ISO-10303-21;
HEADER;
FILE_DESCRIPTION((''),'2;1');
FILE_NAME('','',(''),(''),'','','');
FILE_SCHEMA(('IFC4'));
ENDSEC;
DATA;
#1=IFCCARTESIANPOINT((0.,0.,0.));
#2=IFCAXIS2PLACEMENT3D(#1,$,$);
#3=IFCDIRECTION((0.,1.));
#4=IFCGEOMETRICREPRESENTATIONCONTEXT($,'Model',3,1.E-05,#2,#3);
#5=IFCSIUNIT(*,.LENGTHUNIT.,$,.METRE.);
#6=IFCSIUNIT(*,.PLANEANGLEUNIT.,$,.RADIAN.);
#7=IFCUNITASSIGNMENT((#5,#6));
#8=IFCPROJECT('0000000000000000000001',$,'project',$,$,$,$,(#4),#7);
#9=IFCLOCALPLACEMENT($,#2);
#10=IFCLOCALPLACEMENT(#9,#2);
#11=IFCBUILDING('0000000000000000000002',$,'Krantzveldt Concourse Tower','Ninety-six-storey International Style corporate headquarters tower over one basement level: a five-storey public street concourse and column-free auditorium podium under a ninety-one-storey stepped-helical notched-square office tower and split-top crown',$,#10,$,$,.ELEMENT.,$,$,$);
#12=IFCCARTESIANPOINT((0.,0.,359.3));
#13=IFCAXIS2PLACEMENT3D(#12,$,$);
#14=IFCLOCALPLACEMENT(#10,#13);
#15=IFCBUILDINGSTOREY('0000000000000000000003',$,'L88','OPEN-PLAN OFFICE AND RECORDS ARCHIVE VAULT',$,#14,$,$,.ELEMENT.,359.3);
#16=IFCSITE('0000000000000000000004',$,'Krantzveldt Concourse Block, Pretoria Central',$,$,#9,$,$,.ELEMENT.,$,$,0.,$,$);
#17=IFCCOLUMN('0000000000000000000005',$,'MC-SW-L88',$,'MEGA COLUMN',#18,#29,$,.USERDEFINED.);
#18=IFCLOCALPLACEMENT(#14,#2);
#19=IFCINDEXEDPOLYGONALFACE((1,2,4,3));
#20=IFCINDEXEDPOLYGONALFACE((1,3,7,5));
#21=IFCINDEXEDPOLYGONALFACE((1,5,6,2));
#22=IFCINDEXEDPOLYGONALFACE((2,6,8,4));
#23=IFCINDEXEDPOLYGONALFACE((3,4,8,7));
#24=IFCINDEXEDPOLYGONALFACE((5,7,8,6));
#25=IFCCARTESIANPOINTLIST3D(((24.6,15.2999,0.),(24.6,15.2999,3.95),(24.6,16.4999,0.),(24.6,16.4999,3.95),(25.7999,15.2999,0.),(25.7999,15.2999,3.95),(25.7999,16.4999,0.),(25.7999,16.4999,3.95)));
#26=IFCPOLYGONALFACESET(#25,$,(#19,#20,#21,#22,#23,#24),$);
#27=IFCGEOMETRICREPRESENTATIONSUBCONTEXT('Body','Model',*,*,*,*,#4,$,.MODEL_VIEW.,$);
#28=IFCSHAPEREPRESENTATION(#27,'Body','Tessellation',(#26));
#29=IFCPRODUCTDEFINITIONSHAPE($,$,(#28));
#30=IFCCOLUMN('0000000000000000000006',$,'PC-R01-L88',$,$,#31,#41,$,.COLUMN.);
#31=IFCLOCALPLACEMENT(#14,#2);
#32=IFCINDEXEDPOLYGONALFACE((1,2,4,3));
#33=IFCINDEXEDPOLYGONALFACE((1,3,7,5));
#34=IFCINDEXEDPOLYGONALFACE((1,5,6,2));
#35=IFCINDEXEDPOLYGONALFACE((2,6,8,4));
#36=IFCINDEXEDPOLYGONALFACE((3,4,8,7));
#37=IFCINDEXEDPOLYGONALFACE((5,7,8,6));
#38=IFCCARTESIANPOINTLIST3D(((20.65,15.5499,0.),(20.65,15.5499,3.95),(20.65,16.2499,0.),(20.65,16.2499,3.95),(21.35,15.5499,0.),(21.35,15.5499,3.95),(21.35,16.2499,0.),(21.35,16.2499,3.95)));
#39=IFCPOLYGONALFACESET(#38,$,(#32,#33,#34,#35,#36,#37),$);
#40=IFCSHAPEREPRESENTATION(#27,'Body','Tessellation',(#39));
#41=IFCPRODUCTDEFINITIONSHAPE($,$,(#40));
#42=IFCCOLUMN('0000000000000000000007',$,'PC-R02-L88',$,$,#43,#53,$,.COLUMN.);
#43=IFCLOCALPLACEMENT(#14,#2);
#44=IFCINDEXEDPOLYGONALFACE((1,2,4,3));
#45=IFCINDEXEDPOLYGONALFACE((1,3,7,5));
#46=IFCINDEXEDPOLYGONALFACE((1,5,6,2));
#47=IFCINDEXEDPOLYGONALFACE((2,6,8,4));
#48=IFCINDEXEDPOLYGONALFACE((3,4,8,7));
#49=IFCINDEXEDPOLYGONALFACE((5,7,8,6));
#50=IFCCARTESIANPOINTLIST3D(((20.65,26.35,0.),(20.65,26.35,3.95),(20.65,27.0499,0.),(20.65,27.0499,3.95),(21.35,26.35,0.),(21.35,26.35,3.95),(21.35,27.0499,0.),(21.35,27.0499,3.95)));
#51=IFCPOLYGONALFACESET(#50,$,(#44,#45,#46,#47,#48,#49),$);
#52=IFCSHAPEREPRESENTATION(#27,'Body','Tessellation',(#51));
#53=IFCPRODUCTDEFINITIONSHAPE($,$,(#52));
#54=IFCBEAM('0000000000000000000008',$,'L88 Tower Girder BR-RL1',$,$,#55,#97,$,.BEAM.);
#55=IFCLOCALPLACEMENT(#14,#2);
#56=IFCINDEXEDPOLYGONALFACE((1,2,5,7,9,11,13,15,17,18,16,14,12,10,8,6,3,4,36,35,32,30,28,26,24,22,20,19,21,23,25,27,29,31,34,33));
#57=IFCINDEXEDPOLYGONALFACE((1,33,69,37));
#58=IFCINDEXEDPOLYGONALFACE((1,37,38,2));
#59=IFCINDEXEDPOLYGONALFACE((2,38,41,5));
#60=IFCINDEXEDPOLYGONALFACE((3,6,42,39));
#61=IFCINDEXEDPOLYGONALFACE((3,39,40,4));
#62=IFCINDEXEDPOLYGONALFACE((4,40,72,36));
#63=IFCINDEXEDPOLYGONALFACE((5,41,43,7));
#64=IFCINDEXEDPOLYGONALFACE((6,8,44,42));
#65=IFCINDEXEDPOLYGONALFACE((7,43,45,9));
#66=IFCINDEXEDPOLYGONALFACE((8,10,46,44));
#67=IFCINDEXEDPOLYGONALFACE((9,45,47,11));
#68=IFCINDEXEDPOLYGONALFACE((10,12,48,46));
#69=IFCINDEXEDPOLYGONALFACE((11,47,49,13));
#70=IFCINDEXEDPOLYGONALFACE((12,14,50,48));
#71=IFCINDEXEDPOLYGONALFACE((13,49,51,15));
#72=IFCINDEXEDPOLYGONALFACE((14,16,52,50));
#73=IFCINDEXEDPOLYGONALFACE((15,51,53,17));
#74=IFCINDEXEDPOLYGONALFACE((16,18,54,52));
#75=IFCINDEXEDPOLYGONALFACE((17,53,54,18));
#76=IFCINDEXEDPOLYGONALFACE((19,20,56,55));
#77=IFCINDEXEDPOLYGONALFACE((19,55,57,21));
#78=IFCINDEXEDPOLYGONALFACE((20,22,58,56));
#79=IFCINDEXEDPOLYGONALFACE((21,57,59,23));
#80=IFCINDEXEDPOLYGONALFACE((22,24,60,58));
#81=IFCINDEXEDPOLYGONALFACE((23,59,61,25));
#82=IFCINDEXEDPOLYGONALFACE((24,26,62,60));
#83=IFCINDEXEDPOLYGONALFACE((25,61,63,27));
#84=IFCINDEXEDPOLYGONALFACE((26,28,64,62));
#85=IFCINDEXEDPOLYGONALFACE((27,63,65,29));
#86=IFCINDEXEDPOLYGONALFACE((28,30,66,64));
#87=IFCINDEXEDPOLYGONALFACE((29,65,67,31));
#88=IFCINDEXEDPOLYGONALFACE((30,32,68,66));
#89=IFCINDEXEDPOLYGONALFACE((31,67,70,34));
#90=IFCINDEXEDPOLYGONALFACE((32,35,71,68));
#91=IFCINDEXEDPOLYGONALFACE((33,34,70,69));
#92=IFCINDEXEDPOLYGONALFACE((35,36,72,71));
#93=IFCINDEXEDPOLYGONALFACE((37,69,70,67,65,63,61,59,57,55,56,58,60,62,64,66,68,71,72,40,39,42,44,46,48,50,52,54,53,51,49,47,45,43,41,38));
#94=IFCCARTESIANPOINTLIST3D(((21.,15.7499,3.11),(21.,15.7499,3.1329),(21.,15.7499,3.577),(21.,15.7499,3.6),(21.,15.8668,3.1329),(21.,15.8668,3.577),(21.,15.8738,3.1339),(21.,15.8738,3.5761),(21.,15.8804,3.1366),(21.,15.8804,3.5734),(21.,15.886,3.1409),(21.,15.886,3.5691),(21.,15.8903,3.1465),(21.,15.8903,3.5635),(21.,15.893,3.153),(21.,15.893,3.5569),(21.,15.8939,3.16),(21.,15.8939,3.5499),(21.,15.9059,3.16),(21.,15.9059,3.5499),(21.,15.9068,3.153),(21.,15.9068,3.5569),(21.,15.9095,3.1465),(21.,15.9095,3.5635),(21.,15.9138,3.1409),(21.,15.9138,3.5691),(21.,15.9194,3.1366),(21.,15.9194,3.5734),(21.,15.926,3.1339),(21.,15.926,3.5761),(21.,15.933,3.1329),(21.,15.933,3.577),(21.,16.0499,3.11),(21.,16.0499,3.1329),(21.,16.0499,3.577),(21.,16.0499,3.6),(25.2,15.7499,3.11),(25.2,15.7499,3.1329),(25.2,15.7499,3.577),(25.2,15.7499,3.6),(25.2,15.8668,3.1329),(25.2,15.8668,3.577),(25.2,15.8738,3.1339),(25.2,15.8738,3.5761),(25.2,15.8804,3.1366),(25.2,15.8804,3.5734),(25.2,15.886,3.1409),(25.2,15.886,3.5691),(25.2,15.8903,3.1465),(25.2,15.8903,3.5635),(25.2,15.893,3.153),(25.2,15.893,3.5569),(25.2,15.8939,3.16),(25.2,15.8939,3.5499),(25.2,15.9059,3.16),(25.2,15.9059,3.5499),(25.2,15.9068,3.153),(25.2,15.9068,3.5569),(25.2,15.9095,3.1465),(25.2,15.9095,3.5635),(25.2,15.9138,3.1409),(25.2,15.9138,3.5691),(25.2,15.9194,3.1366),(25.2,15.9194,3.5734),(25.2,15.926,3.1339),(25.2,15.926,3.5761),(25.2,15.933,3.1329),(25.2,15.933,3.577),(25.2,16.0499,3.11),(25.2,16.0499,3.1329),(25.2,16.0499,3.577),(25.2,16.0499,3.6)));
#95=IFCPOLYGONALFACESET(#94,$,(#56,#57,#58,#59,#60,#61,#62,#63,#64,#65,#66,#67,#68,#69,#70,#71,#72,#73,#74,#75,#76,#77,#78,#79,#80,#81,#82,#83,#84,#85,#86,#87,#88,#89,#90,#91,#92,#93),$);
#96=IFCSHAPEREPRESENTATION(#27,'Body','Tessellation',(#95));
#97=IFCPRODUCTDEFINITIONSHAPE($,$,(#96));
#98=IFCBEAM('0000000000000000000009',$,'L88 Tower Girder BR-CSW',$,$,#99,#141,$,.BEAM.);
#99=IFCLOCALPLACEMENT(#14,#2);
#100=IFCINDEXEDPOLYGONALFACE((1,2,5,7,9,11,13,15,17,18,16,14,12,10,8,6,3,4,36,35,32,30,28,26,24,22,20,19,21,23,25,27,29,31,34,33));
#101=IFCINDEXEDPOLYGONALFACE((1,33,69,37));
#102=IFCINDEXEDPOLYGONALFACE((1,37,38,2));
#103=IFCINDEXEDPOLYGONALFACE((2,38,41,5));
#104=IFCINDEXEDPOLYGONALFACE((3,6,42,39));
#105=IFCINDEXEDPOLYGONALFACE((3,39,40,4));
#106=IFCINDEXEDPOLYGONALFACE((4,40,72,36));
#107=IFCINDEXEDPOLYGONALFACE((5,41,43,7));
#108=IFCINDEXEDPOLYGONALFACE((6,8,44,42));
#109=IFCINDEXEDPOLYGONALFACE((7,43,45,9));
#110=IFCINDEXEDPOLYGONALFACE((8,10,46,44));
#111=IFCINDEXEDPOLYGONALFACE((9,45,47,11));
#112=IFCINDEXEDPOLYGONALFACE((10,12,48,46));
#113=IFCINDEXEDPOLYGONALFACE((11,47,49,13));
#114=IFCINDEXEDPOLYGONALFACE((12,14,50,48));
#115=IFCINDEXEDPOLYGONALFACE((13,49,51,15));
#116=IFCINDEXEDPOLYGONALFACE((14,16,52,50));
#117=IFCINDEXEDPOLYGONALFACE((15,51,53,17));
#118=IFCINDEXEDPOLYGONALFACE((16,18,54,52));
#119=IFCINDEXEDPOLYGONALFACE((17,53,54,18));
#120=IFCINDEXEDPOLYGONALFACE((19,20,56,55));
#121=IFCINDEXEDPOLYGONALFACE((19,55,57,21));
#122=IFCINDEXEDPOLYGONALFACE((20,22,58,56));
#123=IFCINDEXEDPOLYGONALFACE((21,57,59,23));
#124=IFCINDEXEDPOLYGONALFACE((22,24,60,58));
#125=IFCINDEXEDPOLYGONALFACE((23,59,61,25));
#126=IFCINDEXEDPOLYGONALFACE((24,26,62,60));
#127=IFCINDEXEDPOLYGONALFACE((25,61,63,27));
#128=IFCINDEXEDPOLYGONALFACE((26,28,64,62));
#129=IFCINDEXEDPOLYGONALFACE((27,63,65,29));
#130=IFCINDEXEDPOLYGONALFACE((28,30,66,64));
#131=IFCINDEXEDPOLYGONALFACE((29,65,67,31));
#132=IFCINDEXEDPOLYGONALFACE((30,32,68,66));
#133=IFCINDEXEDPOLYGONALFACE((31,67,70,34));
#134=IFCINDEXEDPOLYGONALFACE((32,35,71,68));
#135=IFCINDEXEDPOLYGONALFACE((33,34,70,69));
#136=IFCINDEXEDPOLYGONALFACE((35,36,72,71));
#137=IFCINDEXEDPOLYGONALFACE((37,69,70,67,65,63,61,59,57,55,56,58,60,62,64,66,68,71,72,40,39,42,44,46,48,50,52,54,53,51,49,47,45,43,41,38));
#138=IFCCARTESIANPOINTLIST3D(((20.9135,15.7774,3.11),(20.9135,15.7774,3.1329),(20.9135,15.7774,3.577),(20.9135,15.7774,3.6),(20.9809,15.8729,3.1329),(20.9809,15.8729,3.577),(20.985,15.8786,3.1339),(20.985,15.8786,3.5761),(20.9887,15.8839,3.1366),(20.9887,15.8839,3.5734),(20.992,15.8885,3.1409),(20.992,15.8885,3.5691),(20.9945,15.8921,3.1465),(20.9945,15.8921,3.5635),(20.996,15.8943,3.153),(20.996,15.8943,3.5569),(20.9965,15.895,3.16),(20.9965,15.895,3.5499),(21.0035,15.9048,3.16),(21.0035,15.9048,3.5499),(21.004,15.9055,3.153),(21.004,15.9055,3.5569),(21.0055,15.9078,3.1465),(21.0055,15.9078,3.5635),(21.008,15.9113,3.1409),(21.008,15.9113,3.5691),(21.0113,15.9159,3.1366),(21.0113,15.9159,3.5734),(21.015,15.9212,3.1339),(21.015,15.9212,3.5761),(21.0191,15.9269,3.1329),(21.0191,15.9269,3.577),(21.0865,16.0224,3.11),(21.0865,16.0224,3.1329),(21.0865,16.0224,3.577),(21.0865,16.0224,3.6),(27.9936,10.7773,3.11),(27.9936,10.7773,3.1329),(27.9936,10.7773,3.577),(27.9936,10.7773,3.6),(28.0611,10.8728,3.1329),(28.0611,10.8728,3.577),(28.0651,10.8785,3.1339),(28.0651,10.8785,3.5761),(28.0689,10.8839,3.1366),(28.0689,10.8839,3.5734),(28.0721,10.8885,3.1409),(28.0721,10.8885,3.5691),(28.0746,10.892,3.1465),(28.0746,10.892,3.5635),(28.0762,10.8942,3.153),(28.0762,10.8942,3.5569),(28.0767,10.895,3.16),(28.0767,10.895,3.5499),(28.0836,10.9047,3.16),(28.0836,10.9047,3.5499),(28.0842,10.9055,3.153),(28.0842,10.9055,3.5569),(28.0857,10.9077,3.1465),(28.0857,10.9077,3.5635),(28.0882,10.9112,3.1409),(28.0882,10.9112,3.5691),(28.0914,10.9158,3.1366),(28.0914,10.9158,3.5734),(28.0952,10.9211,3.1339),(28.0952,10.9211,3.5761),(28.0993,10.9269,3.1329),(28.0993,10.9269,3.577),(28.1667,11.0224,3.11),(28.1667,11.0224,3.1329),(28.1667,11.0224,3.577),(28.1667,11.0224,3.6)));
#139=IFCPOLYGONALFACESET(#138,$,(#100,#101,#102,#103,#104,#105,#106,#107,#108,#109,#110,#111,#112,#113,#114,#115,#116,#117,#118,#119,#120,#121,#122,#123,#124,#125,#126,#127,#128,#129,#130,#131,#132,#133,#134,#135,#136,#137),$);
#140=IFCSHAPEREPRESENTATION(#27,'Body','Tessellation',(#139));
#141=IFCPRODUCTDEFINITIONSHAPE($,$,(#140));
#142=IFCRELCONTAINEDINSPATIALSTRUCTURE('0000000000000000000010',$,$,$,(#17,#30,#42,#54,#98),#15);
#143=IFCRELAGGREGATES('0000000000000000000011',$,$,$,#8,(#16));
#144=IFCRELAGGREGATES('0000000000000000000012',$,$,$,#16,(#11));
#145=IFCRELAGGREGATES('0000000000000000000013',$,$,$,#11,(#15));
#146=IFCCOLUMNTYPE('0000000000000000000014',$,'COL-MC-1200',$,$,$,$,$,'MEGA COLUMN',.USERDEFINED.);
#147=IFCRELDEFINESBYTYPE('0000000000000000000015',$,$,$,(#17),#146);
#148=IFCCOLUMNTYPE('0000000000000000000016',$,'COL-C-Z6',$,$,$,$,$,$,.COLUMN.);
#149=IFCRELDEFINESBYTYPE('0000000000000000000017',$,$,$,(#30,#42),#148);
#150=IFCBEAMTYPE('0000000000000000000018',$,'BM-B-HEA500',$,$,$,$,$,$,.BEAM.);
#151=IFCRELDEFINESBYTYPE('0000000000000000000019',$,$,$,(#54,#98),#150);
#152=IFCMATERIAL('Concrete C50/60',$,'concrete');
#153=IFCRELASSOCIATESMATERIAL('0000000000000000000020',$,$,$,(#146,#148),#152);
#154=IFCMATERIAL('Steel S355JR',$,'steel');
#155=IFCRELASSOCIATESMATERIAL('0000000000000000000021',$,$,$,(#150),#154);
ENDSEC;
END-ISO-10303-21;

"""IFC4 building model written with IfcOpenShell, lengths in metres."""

from ifc_helpers import new_model, si_unit, direction, frame, origin, origin_2d, place, context, subcontext, project, spatial, rectangle, i_section, extrude, source, transform, mapped, material, material_profile, profile_set, type_object, type_shapes, element, save


model = new_model("IFC4")

# Units and contexts
model_context = context("Model", 3, precision=1e-05, world=origin(), true_north=direction((0.0, 1.0)))
body_context = subcontext(model_context, "Body", "Model", "MODEL_VIEW")
ifc_project = project(units=[si_unit("LENGTHUNIT", "METRE"), si_unit("PLANEANGLEUNIT", "RADIAN")], contexts=[model_context])

# Site, building, storey
site_placement = place(None, origin())
site = spatial("IfcSite", under=ifc_project, at=site_placement, Name="Krantzveldt Concourse Block, Pretoria Central", CompositionType="ELEMENT", RefElevation=0.0)
building_placement = place(site_placement, origin())
building = spatial("IfcBuilding", under=site, at=building_placement, Name="Krantzveldt Concourse Tower", Description="Ninety-six-storey International Style corporate headquarters tower over one basement level: a five-storey public street concourse and column-free auditorium podium under a ninety-one-storey stepped-helical notched-square office tower and split-top crown", CompositionType="ELEMENT")
storey_placement = place(building_placement, frame((0.0, 0.0, 359.3)))
storey = spatial("IfcBuildingStorey", under=building, at=storey_placement, Name="L88", Description="OPEN-PLAN OFFICE AND RECORDS ARCHIVE VAULT", CompositionType="ELEMENT", Elevation=359.3)

# Columns
ifc_material_1 = material(Name="Concrete C50/60", Category="concrete")
ifc_material_profile_1 = material_profile(ifc_material_1, rectangle(XDim=1.2, YDim=1.2, at=origin_2d()), Name="Concrete C50/60", Category="concrete")
ifc_profile_set_1 = profile_set([ifc_material_profile_1], Name="Concrete C50/60 - RC 1200x1200")
column_type_1 = type_object("IfcColumnType", Name="COL-MC-1200", ElementType="MEGA COLUMN", PredefinedType="USERDEFINED", material=ifc_profile_set_1)
shared_shape_1 = source(origin(), body_context, "Body", "SweptSolid", [
    extrude(rectangle(XDim=1.2, YDim=1.2, at=origin_2d()), origin(), (0.0, 0.0, 1.0), 3.95),
])
type_shapes(column_type_1, [shared_shape_1])
column_placement = place(storey_placement, frame((25.2, 15.8999, 0.0), z_axis=(0.0, 0.0, 1.0), x_axis=(1.0, 0.0, 0.0)))
element("IfcColumn", 1, at=column_placement, inside=storey, type_object=column_type_1, Name="MC-SW-L88", ObjectType="MEGA COLUMN", PredefinedType="USERDEFINED", context=body_context, shape_type="MappedRepresentation", body=[
    mapped(shared_shape_1, transform((0.0, 0.0, 0.0), x_axis=(1.0, 0.0, 0.0), y_axis=(0.0, 1.0, 0.0), z_axis=(0.0, 0.0, 1.0), scale=1.0)),
])
ifc_material_profile_2 = material_profile(ifc_material_1, rectangle(XDim=0.7, YDim=0.7, at=origin_2d()), Name="Concrete C50/60", Category="concrete")
ifc_profile_set_2 = profile_set([ifc_material_profile_2], Name="Concrete C50/60 - RC 700x700")
column_type_2 = type_object("IfcColumnType", Name="COL-C-Z6", PredefinedType="COLUMN", material=ifc_profile_set_2)
shared_shape_2 = source(origin(), body_context, "Body", "SweptSolid", [
    extrude(rectangle(XDim=0.7, YDim=0.7, at=origin_2d()), origin(), (0.0, 0.0, 1.0), 3.95),
])
type_shapes(column_type_2, [shared_shape_2])
for number, where, z_axis, x_axis, name in (
    (2, (21.0, 15.8999, 0.0), (0.0, 0.0, 1.0), (1.0, 0.0, 0.0), "PC-R01-L88"),
    (3, (21.0, 26.7, 0.0), (0.0, 0.0, 1.0), (1.0, 0.0, 0.0), "PC-R02-L88"),
):
    element("IfcColumn", number, at=place(storey_placement, frame(where, z_axis=z_axis, x_axis=x_axis)), inside=storey, type_object=column_type_2, Name=name, PredefinedType="COLUMN", context=body_context, shape_type="MappedRepresentation", body=[
        mapped(shared_shape_2, transform((0.0, 0.0, 0.0), x_axis=(1.0, 0.0, 0.0), y_axis=(0.0, 1.0, 0.0), z_axis=(0.0, 0.0, 1.0), scale=1.0)),
    ])

# Beams
ifc_material_2 = material(Name="Steel S355JR", Category="steel")
ifc_material_profile_3 = material_profile(ifc_material_2, i_section(OverallWidth=0.3, OverallDepth=0.49, WebThickness=0.012, FlangeThickness=0.0229, FilletRadius=0.0271, at=origin_2d()), Name="Steel S355JR", Category="steel")
ifc_profile_set_3 = profile_set([ifc_material_profile_3], Name="Steel S355JR - HEA 500")
beam_type_1 = type_object("IfcBeamType", Name="BM-B-HEA500", PredefinedType="BEAM", material=ifc_profile_set_3)
shared_shape_3 = source(origin(), body_context, "Body", "SweptSolid", [
    extrude(i_section(OverallWidth=0.3, OverallDepth=0.49, WebThickness=0.012, FlangeThickness=0.0229, FilletRadius=0.0271, at=origin_2d()), origin(), (0.0, 0.0, 1.0), 4.2),
])
beam_1_placement = place(storey_placement, frame((21.0, 15.8999, 3.355), z_axis=(1.0, 0.0, 0.0), x_axis=(0.0, 1.0, 0.0)))
element("IfcBeam", 4, at=beam_1_placement, inside=storey, type_object=beam_type_1, Name="L88 Tower Girder BR-RL1", PredefinedType="BEAM", context=body_context, shape_type="MappedRepresentation", body=[
    mapped(shared_shape_3, transform((0.0, 0.0, 0.0), x_axis=(1.0, 0.0, 0.0), y_axis=(0.0, 1.0, 0.0), z_axis=(0.0, 0.0, 1.0), scale=1.0)),
])
shared_shape_4 = source(origin(), body_context, "Body", "SweptSolid", [
    extrude(i_section(OverallWidth=0.3, OverallDepth=0.49, WebThickness=0.012, FlangeThickness=0.0229, FilletRadius=0.0271, at=origin_2d()), origin(), (0.0, 0.0, 1.0), 8.6677),
])
type_shapes(beam_type_1, [shared_shape_3, shared_shape_4])
beam_2_placement = place(storey_placement, frame((21.0, 15.8999, 3.355), z_axis=(0.816843, -0.57686, 0.0), x_axis=(0.57686, 0.816843, 0.0)))
element("IfcBeam", 5, at=beam_2_placement, inside=storey, type_object=beam_type_1, Name="L88 Tower Girder BR-CSW", PredefinedType="BEAM", context=body_context, shape_type="MappedRepresentation", body=[
    mapped(shared_shape_4, transform((0.0, 0.0, 0.0), x_axis=(1.0, 0.0, 0.0), y_axis=(0.0, 1.0, 0.0), z_axis=(0.0, 0.0, 1.0), scale=1.0)),
])

save(model, "model.ifc")
